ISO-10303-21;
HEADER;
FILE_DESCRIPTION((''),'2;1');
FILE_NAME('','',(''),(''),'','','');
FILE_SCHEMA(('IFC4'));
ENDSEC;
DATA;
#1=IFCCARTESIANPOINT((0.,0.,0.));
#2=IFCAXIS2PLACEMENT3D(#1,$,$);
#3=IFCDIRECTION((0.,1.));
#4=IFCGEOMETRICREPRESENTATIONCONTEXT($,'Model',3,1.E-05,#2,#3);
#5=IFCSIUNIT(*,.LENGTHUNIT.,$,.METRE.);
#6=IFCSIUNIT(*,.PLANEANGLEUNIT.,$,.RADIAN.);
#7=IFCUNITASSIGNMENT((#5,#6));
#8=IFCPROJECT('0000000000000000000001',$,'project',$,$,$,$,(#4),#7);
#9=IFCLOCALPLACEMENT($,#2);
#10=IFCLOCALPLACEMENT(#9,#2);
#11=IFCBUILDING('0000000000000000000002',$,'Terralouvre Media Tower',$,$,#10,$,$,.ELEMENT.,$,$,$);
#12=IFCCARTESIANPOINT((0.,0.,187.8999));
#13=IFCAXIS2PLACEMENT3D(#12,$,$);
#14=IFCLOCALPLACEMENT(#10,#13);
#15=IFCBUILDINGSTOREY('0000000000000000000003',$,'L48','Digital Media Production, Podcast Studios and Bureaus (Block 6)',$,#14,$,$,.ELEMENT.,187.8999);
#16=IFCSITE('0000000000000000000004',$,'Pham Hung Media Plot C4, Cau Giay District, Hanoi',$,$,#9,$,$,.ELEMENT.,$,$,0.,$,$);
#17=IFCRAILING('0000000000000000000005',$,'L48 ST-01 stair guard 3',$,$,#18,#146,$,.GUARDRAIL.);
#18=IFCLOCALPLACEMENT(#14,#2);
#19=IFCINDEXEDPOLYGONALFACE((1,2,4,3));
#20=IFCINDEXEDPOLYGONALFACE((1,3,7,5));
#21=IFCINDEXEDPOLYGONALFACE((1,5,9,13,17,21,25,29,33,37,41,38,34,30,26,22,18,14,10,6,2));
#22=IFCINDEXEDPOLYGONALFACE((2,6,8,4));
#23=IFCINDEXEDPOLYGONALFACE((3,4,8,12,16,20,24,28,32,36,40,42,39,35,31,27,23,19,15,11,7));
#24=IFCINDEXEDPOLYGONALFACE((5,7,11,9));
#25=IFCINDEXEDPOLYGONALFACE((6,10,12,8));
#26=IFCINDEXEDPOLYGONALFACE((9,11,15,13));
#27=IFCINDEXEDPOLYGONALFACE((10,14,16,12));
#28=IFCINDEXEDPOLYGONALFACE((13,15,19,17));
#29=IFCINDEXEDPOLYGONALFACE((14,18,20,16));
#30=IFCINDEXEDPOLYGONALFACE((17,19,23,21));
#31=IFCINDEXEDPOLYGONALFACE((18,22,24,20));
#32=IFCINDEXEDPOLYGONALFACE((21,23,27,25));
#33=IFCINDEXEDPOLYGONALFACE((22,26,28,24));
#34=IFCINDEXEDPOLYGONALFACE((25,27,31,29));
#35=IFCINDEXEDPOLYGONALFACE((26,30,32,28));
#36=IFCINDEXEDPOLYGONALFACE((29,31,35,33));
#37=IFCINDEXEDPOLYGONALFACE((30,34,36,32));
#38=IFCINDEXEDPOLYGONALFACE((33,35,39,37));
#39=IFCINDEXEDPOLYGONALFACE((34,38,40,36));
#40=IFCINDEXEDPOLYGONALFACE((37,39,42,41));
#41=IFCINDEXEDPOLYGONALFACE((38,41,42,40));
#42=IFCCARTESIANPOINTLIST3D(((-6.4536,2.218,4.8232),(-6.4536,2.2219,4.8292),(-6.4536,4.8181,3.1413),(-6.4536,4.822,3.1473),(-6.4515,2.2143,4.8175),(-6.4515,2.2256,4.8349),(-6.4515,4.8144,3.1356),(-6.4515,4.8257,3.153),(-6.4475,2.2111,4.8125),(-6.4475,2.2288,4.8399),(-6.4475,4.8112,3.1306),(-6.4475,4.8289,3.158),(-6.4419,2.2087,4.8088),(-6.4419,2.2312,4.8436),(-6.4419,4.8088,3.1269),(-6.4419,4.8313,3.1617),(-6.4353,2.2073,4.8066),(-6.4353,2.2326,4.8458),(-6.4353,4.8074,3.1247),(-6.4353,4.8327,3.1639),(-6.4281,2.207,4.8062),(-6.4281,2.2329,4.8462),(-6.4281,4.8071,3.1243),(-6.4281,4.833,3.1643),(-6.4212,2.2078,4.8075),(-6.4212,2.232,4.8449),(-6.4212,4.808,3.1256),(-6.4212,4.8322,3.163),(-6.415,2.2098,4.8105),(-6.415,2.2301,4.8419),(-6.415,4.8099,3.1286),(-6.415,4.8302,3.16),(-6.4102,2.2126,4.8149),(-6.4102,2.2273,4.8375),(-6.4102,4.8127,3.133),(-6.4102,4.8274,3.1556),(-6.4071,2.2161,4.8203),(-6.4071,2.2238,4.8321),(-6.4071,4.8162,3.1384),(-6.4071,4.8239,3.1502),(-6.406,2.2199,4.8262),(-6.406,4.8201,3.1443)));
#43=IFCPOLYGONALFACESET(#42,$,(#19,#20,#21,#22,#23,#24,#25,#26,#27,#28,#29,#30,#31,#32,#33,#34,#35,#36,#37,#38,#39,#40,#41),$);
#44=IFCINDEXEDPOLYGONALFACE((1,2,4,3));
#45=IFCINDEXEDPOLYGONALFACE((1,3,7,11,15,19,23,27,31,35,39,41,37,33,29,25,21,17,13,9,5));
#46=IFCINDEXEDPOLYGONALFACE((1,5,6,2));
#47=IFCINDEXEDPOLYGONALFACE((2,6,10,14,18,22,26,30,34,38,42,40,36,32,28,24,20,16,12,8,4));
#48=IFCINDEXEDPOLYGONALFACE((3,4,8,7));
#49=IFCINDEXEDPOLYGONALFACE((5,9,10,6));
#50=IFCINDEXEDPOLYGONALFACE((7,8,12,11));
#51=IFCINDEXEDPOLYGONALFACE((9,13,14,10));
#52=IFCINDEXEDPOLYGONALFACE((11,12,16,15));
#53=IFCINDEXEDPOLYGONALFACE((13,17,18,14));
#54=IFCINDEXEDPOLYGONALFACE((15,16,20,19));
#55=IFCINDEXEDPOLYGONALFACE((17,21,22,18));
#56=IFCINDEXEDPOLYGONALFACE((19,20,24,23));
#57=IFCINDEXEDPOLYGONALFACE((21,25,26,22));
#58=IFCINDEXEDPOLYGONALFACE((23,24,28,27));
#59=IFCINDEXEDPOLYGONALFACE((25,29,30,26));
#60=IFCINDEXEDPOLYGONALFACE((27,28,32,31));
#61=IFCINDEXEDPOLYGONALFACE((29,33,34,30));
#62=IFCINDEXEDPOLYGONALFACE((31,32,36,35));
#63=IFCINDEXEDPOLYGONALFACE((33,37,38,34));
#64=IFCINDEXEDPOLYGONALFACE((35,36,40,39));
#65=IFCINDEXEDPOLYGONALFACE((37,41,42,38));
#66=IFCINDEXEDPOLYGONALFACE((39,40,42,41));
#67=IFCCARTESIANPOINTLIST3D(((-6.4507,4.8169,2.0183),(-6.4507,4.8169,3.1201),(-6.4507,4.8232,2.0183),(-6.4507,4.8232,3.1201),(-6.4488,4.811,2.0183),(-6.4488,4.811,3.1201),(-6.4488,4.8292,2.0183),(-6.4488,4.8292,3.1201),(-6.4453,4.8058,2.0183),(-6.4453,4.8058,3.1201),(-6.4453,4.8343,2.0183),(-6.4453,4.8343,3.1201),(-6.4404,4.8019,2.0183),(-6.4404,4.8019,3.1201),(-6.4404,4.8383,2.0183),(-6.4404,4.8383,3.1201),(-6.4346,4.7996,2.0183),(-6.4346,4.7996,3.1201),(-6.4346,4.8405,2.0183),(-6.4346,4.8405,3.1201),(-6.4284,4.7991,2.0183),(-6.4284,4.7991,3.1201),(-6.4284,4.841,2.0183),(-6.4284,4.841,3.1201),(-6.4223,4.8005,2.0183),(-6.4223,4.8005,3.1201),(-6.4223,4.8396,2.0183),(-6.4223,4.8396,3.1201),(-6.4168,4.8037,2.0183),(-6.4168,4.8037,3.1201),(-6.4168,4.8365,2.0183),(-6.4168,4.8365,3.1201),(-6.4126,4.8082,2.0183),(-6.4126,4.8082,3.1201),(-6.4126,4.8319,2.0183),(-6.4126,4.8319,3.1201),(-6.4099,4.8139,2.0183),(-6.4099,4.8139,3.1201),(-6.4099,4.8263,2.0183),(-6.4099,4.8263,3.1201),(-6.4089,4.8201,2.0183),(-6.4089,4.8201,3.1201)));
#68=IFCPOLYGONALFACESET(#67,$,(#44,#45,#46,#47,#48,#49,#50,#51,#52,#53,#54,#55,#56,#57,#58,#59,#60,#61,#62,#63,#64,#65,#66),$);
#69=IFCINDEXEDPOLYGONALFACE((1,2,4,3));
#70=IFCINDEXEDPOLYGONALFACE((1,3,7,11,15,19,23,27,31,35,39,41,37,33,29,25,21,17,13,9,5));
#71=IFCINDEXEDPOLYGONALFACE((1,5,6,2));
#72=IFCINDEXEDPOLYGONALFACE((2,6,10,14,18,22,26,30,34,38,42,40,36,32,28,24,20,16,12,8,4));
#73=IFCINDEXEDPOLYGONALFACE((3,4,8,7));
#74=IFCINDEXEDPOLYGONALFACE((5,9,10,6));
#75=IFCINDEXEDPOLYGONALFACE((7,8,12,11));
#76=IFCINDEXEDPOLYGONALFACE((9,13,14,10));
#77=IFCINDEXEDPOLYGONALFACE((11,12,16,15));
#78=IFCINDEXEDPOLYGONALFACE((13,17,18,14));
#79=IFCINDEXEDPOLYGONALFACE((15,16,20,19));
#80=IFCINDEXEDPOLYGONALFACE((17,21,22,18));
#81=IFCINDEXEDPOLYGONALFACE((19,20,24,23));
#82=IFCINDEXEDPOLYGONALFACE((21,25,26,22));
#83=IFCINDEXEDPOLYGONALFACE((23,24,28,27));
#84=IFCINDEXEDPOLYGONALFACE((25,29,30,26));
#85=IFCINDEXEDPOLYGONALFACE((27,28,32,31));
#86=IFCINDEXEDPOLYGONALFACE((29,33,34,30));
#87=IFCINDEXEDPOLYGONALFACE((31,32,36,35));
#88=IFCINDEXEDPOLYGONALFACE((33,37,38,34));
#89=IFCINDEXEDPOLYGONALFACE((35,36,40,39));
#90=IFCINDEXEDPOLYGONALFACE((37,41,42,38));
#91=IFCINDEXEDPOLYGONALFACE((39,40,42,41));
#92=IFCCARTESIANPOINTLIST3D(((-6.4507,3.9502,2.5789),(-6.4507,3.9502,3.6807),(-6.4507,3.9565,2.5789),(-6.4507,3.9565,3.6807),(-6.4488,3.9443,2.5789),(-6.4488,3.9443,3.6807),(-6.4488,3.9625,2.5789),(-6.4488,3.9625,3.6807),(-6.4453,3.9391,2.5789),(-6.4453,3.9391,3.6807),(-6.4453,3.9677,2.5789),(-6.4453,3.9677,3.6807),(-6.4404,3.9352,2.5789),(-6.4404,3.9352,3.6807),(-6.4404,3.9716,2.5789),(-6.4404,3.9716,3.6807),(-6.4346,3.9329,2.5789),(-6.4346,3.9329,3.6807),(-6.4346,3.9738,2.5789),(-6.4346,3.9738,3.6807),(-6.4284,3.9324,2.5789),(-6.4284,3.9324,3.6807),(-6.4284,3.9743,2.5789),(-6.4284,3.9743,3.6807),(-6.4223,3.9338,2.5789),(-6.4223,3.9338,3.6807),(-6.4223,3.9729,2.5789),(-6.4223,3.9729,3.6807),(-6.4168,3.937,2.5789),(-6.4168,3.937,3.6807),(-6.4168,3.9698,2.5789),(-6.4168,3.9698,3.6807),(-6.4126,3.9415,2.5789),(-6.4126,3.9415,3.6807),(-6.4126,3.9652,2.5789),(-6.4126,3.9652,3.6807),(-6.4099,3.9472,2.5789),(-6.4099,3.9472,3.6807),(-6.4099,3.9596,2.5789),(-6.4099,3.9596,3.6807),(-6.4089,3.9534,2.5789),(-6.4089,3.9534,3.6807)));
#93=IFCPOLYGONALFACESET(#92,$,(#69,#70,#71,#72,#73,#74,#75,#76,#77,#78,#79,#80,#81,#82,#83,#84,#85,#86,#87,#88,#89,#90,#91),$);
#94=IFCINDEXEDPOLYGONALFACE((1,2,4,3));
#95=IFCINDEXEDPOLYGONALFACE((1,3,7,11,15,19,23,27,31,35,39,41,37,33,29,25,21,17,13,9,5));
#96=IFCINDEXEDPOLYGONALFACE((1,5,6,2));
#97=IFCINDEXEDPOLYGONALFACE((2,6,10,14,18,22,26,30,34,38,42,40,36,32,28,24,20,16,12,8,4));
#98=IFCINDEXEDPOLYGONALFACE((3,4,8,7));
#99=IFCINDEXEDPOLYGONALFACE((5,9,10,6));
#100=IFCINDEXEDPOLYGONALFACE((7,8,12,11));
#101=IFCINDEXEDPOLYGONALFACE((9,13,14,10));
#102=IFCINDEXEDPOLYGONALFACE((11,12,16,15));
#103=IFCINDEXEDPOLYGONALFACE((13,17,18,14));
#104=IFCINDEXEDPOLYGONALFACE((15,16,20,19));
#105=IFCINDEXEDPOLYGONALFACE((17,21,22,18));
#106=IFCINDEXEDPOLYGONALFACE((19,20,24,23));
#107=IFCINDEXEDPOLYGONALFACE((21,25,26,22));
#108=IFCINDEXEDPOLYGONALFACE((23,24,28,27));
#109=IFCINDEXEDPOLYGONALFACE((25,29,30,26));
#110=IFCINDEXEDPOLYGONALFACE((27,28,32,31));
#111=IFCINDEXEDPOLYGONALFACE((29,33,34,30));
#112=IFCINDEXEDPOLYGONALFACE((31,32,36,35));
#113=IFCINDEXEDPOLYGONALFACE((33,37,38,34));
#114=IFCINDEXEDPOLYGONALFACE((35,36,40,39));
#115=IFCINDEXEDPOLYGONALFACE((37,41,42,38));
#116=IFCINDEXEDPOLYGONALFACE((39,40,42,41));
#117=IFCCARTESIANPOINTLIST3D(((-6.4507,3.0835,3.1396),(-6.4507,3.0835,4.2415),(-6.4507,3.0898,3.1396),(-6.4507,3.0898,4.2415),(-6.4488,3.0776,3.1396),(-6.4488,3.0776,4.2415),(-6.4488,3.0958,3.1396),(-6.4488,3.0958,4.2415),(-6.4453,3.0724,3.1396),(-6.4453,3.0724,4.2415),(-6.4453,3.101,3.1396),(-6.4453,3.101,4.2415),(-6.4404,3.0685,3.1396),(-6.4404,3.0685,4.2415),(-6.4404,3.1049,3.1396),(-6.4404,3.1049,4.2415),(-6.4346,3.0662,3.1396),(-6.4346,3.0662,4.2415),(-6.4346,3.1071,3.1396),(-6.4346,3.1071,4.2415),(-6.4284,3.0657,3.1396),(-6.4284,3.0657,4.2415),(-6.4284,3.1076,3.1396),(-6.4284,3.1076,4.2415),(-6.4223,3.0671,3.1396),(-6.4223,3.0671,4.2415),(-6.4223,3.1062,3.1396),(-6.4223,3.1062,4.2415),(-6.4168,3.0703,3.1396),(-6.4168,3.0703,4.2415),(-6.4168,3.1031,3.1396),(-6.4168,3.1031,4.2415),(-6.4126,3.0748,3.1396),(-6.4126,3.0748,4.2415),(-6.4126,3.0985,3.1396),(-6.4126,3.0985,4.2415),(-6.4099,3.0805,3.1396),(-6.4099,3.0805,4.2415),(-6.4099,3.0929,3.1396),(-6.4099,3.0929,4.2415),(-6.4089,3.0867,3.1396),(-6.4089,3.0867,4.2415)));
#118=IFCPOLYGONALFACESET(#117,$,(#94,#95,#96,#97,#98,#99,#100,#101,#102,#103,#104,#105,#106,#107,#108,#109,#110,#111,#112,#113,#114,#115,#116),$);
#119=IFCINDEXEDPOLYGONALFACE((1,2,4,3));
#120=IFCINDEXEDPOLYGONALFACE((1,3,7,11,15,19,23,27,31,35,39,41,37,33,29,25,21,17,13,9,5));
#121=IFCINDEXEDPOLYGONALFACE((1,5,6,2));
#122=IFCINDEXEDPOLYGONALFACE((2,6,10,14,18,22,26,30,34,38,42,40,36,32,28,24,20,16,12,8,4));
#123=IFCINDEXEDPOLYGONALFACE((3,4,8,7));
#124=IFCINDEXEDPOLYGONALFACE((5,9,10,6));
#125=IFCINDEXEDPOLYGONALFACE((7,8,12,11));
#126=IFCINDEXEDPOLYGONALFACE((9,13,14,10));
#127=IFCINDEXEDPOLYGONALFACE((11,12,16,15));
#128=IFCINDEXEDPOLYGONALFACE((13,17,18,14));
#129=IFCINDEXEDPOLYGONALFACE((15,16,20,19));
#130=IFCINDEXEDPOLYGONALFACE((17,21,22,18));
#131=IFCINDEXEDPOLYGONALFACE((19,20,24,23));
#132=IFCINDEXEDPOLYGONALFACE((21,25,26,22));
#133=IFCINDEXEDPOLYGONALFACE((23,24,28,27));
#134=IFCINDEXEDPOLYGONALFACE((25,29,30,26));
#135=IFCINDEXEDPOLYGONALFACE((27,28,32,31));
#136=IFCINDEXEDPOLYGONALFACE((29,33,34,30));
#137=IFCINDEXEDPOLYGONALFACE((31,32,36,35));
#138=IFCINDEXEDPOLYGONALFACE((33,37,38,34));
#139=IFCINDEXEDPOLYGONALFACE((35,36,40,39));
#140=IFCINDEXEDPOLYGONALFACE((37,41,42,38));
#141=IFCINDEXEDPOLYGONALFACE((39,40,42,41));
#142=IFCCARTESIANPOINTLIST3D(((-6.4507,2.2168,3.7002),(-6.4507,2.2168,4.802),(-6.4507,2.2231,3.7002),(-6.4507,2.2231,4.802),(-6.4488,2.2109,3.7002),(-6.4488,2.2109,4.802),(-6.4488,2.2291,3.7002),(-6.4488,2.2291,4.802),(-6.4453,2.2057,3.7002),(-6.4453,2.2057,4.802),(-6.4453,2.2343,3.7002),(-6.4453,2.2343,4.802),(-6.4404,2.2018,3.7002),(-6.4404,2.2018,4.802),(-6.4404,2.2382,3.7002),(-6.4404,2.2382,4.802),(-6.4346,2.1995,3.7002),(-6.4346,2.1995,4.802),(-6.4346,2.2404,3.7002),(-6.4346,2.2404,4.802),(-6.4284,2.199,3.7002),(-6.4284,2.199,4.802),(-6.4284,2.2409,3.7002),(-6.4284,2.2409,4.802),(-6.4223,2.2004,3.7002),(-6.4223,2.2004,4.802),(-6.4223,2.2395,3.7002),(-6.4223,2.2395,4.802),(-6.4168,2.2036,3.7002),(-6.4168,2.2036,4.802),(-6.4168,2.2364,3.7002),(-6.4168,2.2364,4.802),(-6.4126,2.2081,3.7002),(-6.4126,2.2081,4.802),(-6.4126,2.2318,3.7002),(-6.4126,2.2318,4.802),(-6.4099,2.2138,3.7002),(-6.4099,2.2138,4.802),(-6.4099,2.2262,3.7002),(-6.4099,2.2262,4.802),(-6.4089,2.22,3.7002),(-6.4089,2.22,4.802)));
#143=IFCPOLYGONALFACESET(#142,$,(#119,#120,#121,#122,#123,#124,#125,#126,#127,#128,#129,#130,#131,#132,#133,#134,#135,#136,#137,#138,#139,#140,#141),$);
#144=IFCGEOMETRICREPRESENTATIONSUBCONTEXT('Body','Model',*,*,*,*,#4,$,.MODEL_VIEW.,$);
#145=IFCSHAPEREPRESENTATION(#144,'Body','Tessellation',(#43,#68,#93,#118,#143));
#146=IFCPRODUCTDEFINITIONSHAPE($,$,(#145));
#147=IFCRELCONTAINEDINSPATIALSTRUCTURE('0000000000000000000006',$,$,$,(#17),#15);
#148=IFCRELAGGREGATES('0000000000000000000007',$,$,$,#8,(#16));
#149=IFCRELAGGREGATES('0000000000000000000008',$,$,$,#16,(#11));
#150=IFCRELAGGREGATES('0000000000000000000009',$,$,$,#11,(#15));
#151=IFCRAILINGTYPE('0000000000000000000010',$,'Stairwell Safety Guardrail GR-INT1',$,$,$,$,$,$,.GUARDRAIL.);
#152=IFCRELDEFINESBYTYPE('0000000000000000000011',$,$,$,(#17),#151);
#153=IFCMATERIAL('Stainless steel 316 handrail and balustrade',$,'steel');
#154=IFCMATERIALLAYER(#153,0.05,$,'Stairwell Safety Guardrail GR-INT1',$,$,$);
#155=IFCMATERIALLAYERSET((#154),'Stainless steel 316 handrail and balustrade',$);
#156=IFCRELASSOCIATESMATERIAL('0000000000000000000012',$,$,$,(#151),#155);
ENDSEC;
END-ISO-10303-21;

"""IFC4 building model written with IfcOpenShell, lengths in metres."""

from ifc_helpers import new_model, si_unit, direction, frame, origin, origin_2d, place, context, subcontext, project, spatial, circle, extrude, material, layer, layer_set, type_object, element, save


model = new_model("IFC4")

# Units and contexts
model_context = context("Model", 3, precision=1e-05, world=origin(), true_north=direction((0.0, 1.0)))
body_context = subcontext(model_context, "Body", "Model", "MODEL_VIEW")
ifc_project = project(units=[si_unit("LENGTHUNIT", "METRE"), si_unit("PLANEANGLEUNIT", "RADIAN")], contexts=[model_context])

# Site, building, storey
site_placement = place(None, origin())
site = spatial("IfcSite", under=ifc_project, at=site_placement, Name="Pham Hung Media Plot C4, Cau Giay District, Hanoi", CompositionType="ELEMENT", RefElevation=0.0)
building_placement = place(site_placement, origin())
building = spatial("IfcBuilding", under=site, at=building_placement, Name="Terralouvre Media Tower", CompositionType="ELEMENT")
storey_placement = place(building_placement, frame((0.0, 0.0, 187.8999)))
storey = spatial("IfcBuildingStorey", under=building, at=storey_placement, Name="L48", Description="Digital Media Production, Podcast Studios and Bureaus (Block 6)", CompositionType="ELEMENT", Elevation=187.8999)

# Railing
ifc_material_1 = material(Name="Stainless steel 316 handrail and balustrade", Category="steel")
ifc_layer_1 = layer(ifc_material_1, 0.05, Name="Stairwell Safety Guardrail GR-INT1")
ifc_layer_set_1 = layer_set([ifc_layer_1], Name="Stainless steel 316 handrail and balustrade")
railing_type_1 = type_object("IfcRailingType", Name="Stairwell Safety Guardrail GR-INT1", PredefinedType="GUARDRAIL", material=ifc_layer_set_1)
railing_1_placement = place(storey_placement, frame((-6.4299, 4.8201, 2.0183)))
element("IfcRailing", 1, at=railing_1_placement, inside=storey, type_object=railing_type_1, Name="L48 ST-01 stair guard 3", PredefinedType="GUARDRAIL", context=body_context, shape_type="SweptSolid", body=[
    extrude(circle(Radius=0.0239, at=origin_2d()), frame((0.0, 0.0, 1.126), z_axis=(0.0, -0.839648, 0.54313), x_axis=(1.0, 0.0, 0.0)), (0.0, 0.0, 1.0), 3.0967),
    extrude(circle(Radius=0.021, at=origin_2d()), origin(), (0.0, 0.0, 1.0), 1.1018),
    extrude(circle(Radius=0.021, at=origin_2d()), frame((0.0, -0.8667, 0.5605)), (0.0, 0.0, 1.0), 1.1018),
    extrude(circle(Radius=0.021, at=origin_2d()), frame((0.0, -1.7334, 1.1213)), (0.0, 0.0, 1.0), 1.1018),
    extrude(circle(Radius=0.021, at=origin_2d()), frame((0.0, -2.6001, 1.6819)), (0.0, 0.0, 1.0), 1.1018),
])

save(model, "model.ifc")
